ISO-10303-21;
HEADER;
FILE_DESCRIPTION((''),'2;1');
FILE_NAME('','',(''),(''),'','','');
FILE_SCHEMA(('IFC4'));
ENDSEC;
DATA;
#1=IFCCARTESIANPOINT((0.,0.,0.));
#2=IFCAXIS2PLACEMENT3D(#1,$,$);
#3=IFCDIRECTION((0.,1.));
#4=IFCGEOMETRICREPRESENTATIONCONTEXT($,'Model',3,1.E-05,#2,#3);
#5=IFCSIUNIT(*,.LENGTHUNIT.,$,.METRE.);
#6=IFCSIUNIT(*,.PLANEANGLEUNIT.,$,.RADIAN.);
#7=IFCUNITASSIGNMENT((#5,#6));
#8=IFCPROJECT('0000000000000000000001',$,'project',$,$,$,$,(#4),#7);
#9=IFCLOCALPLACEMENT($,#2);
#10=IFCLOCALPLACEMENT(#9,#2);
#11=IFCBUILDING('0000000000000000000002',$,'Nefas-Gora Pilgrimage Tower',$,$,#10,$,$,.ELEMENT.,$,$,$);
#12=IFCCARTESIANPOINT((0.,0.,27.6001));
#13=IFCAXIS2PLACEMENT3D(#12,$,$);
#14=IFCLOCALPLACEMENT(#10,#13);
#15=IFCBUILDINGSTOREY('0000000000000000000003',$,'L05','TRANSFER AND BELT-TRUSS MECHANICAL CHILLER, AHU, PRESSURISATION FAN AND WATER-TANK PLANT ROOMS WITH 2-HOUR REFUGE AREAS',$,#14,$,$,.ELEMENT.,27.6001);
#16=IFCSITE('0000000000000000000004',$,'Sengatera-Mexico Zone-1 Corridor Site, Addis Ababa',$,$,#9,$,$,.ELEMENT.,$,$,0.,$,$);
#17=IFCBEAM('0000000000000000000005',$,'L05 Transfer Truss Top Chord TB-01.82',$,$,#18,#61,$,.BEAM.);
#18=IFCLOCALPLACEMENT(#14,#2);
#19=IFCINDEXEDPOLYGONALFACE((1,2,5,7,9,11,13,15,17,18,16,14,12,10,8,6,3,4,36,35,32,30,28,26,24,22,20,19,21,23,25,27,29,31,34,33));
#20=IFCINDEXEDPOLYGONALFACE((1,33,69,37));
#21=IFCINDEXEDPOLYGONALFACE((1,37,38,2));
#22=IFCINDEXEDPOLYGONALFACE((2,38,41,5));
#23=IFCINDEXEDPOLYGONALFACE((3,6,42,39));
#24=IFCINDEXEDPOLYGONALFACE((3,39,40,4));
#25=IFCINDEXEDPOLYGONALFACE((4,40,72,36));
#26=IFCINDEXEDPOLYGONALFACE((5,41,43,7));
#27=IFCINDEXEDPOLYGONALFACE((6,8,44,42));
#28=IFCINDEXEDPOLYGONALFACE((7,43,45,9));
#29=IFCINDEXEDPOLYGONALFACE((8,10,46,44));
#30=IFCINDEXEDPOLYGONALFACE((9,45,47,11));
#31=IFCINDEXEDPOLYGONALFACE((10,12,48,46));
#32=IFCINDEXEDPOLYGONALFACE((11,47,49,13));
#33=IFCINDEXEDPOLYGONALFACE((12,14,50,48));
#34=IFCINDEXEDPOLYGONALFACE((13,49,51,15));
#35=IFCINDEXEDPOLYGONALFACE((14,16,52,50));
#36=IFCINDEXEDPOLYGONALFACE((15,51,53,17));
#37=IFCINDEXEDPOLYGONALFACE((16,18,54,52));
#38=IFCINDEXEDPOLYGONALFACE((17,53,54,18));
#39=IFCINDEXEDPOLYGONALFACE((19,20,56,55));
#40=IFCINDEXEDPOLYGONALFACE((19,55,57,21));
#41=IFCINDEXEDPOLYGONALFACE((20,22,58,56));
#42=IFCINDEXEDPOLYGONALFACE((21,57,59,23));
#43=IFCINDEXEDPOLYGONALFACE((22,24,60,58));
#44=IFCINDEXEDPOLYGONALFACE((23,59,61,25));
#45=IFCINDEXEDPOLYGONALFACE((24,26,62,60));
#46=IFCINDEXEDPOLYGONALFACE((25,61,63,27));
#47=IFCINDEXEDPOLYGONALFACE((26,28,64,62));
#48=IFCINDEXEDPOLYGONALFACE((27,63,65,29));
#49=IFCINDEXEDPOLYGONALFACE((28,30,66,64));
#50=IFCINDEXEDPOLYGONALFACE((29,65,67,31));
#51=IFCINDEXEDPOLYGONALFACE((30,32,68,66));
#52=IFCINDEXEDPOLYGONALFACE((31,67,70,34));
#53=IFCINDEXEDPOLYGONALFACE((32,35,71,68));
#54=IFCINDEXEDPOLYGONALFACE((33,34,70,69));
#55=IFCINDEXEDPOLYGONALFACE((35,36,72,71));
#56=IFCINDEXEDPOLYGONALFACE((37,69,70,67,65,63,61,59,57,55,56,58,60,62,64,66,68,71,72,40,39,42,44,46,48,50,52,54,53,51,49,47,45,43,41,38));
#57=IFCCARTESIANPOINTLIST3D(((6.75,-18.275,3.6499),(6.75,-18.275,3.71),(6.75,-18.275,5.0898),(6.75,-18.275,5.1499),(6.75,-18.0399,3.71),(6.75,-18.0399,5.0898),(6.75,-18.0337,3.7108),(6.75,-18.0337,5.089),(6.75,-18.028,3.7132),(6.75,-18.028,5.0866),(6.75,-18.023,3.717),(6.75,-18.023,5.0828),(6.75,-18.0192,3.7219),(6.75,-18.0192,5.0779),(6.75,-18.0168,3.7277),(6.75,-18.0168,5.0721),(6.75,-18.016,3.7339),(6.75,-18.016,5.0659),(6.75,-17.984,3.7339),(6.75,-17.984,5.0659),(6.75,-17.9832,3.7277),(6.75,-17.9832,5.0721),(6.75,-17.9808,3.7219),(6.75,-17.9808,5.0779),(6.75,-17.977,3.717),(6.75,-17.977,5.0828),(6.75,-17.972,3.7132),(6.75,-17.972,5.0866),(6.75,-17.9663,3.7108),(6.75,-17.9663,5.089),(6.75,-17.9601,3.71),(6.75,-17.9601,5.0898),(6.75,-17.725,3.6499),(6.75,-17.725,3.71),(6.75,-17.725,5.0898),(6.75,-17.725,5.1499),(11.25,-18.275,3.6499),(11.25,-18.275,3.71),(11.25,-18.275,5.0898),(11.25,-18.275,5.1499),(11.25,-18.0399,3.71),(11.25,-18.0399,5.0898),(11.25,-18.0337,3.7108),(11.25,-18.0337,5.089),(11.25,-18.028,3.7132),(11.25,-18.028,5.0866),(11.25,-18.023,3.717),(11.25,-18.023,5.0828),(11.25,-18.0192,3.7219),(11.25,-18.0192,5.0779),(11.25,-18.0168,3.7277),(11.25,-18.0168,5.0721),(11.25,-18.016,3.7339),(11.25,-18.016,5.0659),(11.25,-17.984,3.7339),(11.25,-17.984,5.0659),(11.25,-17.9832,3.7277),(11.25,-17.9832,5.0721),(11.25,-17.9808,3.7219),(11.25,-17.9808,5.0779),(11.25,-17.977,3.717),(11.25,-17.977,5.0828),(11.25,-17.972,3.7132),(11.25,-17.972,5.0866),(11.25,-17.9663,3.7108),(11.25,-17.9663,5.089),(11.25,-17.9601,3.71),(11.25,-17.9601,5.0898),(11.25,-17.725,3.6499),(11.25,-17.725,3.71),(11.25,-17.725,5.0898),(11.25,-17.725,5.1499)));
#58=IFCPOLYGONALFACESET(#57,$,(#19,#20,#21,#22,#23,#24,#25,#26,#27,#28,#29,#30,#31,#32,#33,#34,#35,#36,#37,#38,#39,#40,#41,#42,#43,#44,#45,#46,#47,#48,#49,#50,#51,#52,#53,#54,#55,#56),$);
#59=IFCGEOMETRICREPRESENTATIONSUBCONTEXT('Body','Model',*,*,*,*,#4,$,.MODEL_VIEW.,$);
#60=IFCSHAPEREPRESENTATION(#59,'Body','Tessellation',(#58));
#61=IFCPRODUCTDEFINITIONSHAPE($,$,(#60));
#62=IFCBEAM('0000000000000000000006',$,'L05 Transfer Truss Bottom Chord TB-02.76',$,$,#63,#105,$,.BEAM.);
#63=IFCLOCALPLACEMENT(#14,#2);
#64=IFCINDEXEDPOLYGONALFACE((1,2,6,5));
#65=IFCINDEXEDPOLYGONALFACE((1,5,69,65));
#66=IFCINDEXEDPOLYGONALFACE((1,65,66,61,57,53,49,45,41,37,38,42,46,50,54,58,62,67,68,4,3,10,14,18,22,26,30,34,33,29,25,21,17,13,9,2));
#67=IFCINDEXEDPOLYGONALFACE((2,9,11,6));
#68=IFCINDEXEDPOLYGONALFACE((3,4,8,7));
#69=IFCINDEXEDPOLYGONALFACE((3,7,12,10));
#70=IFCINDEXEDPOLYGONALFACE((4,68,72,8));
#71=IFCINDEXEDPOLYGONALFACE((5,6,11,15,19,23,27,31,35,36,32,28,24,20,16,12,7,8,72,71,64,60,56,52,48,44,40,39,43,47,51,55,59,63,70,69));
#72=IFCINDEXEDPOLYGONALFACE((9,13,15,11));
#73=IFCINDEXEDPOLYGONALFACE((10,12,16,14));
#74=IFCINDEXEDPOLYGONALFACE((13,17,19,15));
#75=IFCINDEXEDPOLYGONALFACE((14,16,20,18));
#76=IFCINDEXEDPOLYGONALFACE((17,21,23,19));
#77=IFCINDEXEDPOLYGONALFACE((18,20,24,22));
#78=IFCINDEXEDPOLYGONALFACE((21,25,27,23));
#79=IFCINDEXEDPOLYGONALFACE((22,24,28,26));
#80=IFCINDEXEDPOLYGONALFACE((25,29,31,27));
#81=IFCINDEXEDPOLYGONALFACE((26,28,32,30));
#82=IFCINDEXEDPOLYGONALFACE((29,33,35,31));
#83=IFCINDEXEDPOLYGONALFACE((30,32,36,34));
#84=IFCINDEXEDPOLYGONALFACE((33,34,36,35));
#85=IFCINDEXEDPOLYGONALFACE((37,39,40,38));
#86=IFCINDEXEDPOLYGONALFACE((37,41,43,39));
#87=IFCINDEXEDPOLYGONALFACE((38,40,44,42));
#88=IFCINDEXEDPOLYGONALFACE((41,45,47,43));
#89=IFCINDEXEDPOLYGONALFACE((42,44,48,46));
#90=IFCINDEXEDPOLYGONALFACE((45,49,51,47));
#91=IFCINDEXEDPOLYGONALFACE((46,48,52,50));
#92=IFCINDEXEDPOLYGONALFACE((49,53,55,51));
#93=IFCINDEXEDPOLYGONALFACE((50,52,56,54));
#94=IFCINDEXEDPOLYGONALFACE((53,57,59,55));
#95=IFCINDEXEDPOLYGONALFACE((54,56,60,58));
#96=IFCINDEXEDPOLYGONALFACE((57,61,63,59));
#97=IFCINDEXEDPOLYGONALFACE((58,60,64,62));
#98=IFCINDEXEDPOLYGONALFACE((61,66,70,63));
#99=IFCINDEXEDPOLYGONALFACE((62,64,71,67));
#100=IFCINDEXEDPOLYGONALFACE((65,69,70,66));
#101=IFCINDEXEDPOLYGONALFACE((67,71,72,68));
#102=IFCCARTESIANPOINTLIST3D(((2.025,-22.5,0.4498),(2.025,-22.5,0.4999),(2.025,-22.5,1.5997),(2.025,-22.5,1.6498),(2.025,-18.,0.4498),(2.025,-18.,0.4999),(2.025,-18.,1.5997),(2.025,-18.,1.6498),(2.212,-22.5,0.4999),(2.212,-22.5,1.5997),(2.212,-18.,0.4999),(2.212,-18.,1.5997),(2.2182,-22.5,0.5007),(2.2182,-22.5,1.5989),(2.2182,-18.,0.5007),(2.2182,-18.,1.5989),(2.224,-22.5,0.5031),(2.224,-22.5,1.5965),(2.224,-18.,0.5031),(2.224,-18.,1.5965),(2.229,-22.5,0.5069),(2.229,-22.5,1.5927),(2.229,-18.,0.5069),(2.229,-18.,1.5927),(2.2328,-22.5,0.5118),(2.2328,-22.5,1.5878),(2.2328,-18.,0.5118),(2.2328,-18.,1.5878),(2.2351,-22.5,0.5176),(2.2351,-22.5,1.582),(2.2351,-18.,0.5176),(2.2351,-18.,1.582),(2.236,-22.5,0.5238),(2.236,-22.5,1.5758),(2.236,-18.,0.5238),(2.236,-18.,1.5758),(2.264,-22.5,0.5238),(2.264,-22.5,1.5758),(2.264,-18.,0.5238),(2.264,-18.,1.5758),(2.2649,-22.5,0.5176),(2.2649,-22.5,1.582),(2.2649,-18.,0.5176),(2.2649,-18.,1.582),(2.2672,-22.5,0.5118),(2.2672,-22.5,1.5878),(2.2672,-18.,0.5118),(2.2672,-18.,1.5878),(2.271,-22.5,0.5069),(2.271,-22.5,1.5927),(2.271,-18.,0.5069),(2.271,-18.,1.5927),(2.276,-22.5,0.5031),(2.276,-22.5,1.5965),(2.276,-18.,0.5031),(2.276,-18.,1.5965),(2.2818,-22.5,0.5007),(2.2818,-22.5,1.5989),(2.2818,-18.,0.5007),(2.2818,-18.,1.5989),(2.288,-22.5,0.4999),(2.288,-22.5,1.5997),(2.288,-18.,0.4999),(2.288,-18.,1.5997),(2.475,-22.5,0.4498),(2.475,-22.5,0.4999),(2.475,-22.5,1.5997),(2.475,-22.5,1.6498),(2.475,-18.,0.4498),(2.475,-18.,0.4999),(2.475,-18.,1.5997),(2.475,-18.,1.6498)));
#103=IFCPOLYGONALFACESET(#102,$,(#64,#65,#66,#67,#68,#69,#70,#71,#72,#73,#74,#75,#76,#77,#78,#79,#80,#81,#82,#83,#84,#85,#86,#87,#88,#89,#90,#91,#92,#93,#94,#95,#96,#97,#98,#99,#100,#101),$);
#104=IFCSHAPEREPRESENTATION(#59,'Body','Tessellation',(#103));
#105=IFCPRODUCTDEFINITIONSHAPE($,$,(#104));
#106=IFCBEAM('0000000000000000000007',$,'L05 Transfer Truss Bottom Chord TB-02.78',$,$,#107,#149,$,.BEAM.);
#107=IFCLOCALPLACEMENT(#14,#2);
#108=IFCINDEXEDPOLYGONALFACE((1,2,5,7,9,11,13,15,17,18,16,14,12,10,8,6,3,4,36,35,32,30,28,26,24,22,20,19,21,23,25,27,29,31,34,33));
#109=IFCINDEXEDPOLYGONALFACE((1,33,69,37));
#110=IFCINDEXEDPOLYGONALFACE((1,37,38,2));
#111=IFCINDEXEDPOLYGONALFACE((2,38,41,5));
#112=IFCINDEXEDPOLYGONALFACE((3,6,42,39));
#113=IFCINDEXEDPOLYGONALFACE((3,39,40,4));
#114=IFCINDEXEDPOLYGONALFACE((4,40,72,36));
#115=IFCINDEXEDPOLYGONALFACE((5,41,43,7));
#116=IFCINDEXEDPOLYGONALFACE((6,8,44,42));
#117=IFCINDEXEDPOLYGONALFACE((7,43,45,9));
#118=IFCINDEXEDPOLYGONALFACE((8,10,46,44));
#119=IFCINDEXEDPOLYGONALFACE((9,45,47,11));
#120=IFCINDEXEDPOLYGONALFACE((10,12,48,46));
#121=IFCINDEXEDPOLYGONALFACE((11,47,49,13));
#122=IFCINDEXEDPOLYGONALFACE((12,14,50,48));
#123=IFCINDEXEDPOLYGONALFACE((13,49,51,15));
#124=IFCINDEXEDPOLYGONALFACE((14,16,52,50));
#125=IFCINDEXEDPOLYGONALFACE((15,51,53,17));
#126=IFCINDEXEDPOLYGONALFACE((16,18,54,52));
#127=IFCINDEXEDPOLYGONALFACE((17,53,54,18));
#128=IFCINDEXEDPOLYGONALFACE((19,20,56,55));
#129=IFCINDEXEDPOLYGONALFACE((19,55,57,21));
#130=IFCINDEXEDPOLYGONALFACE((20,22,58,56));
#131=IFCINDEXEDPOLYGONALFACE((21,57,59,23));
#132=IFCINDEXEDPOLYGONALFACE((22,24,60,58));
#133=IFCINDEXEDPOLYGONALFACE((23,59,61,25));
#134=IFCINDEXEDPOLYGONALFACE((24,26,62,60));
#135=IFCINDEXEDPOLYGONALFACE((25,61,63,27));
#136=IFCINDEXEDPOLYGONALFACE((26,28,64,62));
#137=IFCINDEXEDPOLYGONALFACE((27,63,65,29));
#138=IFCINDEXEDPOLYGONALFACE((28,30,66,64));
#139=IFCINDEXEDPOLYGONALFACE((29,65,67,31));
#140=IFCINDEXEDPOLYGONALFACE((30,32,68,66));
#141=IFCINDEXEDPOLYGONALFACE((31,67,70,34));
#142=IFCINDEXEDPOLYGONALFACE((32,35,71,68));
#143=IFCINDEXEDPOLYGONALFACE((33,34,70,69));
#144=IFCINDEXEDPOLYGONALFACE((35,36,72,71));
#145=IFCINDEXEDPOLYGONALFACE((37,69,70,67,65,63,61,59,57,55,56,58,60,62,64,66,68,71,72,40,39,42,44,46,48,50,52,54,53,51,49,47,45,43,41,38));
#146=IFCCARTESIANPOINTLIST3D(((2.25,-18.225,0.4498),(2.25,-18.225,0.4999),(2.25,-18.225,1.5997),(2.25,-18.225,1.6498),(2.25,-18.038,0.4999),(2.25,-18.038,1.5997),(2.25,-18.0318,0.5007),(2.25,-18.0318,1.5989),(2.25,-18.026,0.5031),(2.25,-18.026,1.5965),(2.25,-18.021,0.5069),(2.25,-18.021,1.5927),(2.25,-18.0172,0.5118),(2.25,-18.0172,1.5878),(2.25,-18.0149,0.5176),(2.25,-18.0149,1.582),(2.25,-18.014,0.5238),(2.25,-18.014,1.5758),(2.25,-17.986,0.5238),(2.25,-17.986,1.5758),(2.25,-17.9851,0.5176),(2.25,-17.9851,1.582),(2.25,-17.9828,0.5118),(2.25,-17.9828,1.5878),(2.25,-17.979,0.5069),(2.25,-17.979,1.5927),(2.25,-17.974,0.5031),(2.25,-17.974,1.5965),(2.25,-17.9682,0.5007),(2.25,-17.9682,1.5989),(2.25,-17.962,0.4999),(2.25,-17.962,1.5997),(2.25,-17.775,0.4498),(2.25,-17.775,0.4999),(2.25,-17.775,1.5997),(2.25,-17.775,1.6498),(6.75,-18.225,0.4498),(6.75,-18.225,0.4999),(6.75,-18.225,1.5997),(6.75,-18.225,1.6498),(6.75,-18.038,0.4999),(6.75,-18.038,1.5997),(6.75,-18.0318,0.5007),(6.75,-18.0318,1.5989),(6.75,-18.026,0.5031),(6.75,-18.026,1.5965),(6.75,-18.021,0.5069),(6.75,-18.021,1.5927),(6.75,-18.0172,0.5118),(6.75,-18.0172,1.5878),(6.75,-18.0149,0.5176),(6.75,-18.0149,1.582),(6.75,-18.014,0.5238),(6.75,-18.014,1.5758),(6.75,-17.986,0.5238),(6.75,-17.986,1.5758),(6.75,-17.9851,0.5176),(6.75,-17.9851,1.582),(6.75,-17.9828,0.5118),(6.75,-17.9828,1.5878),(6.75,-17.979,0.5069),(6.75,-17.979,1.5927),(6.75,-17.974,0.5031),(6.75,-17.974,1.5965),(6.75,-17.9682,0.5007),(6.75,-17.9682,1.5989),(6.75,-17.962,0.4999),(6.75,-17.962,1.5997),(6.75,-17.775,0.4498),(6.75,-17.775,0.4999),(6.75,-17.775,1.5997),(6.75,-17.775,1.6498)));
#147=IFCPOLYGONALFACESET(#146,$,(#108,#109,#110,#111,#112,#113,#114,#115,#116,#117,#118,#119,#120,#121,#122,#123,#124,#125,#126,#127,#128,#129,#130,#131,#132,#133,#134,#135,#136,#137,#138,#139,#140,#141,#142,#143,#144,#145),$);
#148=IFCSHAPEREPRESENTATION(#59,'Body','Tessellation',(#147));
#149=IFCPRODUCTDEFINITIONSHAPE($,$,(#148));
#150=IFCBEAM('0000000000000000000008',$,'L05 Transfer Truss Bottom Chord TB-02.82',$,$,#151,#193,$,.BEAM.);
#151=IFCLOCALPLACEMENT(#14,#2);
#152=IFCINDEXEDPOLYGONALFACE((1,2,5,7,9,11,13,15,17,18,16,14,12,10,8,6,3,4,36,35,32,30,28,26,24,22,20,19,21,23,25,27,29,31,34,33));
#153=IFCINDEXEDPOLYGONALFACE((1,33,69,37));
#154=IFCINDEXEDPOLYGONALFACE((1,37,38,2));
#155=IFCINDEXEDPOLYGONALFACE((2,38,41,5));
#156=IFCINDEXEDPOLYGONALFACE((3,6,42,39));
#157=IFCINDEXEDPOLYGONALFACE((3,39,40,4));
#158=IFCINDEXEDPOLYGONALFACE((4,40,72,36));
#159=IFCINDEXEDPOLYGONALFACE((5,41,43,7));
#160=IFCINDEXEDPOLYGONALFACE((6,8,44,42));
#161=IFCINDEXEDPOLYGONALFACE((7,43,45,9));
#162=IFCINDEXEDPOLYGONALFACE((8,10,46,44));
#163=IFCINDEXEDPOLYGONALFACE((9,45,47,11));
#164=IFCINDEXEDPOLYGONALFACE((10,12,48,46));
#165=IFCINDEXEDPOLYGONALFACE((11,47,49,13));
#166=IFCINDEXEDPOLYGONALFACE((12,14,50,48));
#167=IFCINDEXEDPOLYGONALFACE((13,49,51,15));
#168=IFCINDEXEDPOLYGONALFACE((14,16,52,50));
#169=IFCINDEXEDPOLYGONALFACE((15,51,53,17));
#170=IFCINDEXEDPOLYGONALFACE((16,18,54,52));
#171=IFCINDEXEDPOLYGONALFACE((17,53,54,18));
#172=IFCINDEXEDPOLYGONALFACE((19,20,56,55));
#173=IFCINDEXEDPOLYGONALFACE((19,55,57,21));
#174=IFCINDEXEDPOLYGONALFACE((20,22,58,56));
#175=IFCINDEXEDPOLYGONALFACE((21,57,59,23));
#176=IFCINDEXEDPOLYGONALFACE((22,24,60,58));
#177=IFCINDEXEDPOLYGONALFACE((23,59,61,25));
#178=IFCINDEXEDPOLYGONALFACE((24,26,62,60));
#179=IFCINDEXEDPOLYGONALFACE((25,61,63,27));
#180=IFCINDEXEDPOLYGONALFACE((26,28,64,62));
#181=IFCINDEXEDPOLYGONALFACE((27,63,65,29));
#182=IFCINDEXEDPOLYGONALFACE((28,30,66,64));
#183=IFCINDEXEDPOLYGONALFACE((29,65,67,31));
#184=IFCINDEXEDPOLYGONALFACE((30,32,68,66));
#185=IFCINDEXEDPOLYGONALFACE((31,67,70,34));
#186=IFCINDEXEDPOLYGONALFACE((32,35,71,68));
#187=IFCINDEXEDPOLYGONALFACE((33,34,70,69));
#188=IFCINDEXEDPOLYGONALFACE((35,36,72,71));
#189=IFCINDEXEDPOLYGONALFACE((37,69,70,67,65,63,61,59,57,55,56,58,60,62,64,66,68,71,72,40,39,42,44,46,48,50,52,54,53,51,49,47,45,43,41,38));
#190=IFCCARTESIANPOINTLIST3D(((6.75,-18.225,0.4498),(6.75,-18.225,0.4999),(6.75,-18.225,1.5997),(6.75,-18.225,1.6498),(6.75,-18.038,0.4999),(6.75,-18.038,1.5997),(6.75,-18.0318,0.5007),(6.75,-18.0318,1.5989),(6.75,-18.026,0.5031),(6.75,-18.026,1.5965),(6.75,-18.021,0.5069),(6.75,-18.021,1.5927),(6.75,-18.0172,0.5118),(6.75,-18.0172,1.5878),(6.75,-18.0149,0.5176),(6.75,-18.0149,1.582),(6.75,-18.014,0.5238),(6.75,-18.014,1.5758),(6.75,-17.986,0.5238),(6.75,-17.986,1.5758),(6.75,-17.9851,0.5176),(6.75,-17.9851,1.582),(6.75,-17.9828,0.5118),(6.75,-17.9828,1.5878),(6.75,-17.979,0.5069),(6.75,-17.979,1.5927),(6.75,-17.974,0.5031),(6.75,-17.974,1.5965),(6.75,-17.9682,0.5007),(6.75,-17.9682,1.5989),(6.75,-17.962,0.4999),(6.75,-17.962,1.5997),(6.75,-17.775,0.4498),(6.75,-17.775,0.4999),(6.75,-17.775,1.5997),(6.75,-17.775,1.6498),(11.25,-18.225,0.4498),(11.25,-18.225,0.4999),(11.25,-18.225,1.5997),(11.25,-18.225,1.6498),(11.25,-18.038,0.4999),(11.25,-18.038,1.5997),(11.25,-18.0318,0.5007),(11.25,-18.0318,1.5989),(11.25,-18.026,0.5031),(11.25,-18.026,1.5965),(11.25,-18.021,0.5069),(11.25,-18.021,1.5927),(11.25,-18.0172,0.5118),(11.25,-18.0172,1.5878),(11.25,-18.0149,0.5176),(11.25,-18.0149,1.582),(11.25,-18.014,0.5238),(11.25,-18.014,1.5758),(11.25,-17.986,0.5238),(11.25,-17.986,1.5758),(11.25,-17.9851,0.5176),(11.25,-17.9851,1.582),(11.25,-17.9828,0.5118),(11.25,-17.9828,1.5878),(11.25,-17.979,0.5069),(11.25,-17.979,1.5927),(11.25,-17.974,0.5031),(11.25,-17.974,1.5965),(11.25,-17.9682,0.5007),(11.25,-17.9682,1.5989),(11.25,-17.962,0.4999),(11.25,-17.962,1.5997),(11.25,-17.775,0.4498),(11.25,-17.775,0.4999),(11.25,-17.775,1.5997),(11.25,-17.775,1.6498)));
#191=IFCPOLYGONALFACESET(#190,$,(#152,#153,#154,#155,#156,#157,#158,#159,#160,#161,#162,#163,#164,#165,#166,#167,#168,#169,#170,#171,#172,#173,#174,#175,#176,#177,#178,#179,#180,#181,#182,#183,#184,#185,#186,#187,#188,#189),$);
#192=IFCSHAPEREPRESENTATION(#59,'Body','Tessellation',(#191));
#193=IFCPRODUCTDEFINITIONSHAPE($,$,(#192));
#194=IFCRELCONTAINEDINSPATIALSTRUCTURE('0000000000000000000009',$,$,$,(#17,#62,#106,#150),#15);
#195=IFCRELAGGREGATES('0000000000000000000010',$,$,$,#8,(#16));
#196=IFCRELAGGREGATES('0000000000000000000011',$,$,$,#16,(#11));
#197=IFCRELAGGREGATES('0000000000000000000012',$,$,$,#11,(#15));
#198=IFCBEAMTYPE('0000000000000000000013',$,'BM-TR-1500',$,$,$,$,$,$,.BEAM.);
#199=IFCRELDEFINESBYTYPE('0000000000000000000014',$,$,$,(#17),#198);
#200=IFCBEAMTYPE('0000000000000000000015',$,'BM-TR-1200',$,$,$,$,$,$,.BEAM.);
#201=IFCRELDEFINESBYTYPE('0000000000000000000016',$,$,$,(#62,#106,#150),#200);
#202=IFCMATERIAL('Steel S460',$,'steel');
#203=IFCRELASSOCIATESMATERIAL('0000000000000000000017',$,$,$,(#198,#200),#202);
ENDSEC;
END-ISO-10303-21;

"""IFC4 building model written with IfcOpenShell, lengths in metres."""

from ifc_helpers import new_model, si_unit, direction, frame, origin, origin_2d, place, context, subcontext, project, spatial, i_section, extrude, source, transform, mapped, material, material_profile, profile_set, type_object, element, save


model = new_model("IFC4")

# Units and contexts
model_context = context("Model", 3, precision=1e-05, world=origin(), true_north=direction((0.0, 1.0)))
body_context = subcontext(model_context, "Body", "Model", "MODEL_VIEW")
ifc_project = project(units=[si_unit("LENGTHUNIT", "METRE"), si_unit("PLANEANGLEUNIT", "RADIAN")], contexts=[model_context])

# Site, building, storey
site_placement = place(None, origin())
site = spatial("IfcSite", under=ifc_project, at=site_placement, Name="Sengatera-Mexico Zone-1 Corridor Site, Addis Ababa", CompositionType="ELEMENT", RefElevation=0.0)
building_placement = place(site_placement, origin())
building = spatial("IfcBuilding", under=site, at=building_placement, Name="Nefas-Gora Pilgrimage Tower", CompositionType="ELEMENT")
storey_placement = place(building_placement, frame((0.0, 0.0, 27.6001)))
storey = spatial("IfcBuildingStorey", under=building, at=storey_placement, Name="L05", Description="TRANSFER AND BELT-TRUSS MECHANICAL CHILLER, AHU, PRESSURISATION FAN AND WATER-TANK PLANT ROOMS WITH 2-HOUR REFUGE AREAS", CompositionType="ELEMENT", Elevation=27.6001)

# Shared definitions
ifc_material_1 = material(Name="Steel S460", Category="steel")

# Beams
ifc_material_profile_1 = material_profile(ifc_material_1, i_section(OverallWidth=0.55, OverallDepth=1.5, WebThickness=0.032, FlangeThickness=0.0601, FilletRadius=0.0239, at=origin_2d()), Name="WPG 1500x550x32x60")
ifc_profile_set_1 = profile_set([ifc_material_profile_1], Name="Steel S460")
beam_type_1 = type_object("IfcBeamType", Name="BM-TR-1500", PredefinedType="BEAM", material=ifc_profile_set_1)
shared_shape_1 = source(origin(), body_context, "Body", "SweptSolid", [
    extrude(i_section(OverallWidth=0.55, OverallDepth=1.5, WebThickness=0.032, FlangeThickness=0.0601, FilletRadius=0.0239, at=origin_2d()), origin(), (0.0, 0.0, 1.0), 4.5),
])
for number, where, z_axis, x_axis, name in (
    (1, (6.75, -18.0, 4.3999), (1.0, 0.0, 0.0), (0.0, 1.0, 0.0), "L05 Transfer Truss Top Chord TB-01.82"),
):
    element("IfcBeam", number, at=place(storey_placement, frame(where, z_axis=z_axis, x_axis=x_axis)), inside=storey, type_object=beam_type_1, Name=name, PredefinedType="BEAM", context=body_context, shape_type="MappedRepresentation", body=[
        mapped(shared_shape_1, transform((0.0, 0.0, 0.0), x_axis=(1.0, 0.0, 0.0), y_axis=(0.0, 1.0, 0.0), z_axis=(0.0, 0.0, 1.0), scale=1.0)),
    ])
ifc_material_profile_2 = material_profile(ifc_material_1, i_section(OverallWidth=0.45, OverallDepth=1.2, WebThickness=0.0281, FlangeThickness=0.05, FilletRadius=0.0239, at=origin_2d()), Name="WPG 1200x450x28x50")
ifc_profile_set_2 = profile_set([ifc_material_profile_2], Name="Steel S460")
beam_type_2 = type_object("IfcBeamType", Name="BM-TR-1200", PredefinedType="BEAM", material=ifc_profile_set_2)
shared_shape_2 = source(origin(), body_context, "Body", "SweptSolid", [
    extrude(i_section(OverallWidth=0.45, OverallDepth=1.2, WebThickness=0.0281, FlangeThickness=0.05, FilletRadius=0.0239, at=origin_2d()), origin(), (0.0, 0.0, 1.0), 4.5),
])
for number, where, z_axis, x_axis, name in (
    (2, (2.25, -22.5, 1.0498), (0.0, 1.0, 0.0), (-1.0, 0.0, 0.0), "L05 Transfer Truss Bottom Chord TB-02.76"),
    (3, (2.25, -18.0, 1.0498), (1.0, 0.0, 0.0), (0.0, 1.0, 0.0), "L05 Transfer Truss Bottom Chord TB-02.78"),
    (4, (6.75, -18.0, 1.0498), (1.0, 0.0, 0.0), (0.0, 1.0, 0.0), "L05 Transfer Truss Bottom Chord TB-02.82"),
):
    element("IfcBeam", number, at=place(storey_placement, frame(where, z_axis=z_axis, x_axis=x_axis)), inside=storey, type_object=beam_type_2, Name=name, PredefinedType="BEAM", context=body_context, shape_type="MappedRepresentation", body=[
        mapped(shared_shape_2, transform((0.0, 0.0, 0.0), x_axis=(1.0, 0.0, 0.0), y_axis=(0.0, 1.0, 0.0), z_axis=(0.0, 0.0, 1.0), scale=1.0)),
    ])

save(model, "model.ifc")
